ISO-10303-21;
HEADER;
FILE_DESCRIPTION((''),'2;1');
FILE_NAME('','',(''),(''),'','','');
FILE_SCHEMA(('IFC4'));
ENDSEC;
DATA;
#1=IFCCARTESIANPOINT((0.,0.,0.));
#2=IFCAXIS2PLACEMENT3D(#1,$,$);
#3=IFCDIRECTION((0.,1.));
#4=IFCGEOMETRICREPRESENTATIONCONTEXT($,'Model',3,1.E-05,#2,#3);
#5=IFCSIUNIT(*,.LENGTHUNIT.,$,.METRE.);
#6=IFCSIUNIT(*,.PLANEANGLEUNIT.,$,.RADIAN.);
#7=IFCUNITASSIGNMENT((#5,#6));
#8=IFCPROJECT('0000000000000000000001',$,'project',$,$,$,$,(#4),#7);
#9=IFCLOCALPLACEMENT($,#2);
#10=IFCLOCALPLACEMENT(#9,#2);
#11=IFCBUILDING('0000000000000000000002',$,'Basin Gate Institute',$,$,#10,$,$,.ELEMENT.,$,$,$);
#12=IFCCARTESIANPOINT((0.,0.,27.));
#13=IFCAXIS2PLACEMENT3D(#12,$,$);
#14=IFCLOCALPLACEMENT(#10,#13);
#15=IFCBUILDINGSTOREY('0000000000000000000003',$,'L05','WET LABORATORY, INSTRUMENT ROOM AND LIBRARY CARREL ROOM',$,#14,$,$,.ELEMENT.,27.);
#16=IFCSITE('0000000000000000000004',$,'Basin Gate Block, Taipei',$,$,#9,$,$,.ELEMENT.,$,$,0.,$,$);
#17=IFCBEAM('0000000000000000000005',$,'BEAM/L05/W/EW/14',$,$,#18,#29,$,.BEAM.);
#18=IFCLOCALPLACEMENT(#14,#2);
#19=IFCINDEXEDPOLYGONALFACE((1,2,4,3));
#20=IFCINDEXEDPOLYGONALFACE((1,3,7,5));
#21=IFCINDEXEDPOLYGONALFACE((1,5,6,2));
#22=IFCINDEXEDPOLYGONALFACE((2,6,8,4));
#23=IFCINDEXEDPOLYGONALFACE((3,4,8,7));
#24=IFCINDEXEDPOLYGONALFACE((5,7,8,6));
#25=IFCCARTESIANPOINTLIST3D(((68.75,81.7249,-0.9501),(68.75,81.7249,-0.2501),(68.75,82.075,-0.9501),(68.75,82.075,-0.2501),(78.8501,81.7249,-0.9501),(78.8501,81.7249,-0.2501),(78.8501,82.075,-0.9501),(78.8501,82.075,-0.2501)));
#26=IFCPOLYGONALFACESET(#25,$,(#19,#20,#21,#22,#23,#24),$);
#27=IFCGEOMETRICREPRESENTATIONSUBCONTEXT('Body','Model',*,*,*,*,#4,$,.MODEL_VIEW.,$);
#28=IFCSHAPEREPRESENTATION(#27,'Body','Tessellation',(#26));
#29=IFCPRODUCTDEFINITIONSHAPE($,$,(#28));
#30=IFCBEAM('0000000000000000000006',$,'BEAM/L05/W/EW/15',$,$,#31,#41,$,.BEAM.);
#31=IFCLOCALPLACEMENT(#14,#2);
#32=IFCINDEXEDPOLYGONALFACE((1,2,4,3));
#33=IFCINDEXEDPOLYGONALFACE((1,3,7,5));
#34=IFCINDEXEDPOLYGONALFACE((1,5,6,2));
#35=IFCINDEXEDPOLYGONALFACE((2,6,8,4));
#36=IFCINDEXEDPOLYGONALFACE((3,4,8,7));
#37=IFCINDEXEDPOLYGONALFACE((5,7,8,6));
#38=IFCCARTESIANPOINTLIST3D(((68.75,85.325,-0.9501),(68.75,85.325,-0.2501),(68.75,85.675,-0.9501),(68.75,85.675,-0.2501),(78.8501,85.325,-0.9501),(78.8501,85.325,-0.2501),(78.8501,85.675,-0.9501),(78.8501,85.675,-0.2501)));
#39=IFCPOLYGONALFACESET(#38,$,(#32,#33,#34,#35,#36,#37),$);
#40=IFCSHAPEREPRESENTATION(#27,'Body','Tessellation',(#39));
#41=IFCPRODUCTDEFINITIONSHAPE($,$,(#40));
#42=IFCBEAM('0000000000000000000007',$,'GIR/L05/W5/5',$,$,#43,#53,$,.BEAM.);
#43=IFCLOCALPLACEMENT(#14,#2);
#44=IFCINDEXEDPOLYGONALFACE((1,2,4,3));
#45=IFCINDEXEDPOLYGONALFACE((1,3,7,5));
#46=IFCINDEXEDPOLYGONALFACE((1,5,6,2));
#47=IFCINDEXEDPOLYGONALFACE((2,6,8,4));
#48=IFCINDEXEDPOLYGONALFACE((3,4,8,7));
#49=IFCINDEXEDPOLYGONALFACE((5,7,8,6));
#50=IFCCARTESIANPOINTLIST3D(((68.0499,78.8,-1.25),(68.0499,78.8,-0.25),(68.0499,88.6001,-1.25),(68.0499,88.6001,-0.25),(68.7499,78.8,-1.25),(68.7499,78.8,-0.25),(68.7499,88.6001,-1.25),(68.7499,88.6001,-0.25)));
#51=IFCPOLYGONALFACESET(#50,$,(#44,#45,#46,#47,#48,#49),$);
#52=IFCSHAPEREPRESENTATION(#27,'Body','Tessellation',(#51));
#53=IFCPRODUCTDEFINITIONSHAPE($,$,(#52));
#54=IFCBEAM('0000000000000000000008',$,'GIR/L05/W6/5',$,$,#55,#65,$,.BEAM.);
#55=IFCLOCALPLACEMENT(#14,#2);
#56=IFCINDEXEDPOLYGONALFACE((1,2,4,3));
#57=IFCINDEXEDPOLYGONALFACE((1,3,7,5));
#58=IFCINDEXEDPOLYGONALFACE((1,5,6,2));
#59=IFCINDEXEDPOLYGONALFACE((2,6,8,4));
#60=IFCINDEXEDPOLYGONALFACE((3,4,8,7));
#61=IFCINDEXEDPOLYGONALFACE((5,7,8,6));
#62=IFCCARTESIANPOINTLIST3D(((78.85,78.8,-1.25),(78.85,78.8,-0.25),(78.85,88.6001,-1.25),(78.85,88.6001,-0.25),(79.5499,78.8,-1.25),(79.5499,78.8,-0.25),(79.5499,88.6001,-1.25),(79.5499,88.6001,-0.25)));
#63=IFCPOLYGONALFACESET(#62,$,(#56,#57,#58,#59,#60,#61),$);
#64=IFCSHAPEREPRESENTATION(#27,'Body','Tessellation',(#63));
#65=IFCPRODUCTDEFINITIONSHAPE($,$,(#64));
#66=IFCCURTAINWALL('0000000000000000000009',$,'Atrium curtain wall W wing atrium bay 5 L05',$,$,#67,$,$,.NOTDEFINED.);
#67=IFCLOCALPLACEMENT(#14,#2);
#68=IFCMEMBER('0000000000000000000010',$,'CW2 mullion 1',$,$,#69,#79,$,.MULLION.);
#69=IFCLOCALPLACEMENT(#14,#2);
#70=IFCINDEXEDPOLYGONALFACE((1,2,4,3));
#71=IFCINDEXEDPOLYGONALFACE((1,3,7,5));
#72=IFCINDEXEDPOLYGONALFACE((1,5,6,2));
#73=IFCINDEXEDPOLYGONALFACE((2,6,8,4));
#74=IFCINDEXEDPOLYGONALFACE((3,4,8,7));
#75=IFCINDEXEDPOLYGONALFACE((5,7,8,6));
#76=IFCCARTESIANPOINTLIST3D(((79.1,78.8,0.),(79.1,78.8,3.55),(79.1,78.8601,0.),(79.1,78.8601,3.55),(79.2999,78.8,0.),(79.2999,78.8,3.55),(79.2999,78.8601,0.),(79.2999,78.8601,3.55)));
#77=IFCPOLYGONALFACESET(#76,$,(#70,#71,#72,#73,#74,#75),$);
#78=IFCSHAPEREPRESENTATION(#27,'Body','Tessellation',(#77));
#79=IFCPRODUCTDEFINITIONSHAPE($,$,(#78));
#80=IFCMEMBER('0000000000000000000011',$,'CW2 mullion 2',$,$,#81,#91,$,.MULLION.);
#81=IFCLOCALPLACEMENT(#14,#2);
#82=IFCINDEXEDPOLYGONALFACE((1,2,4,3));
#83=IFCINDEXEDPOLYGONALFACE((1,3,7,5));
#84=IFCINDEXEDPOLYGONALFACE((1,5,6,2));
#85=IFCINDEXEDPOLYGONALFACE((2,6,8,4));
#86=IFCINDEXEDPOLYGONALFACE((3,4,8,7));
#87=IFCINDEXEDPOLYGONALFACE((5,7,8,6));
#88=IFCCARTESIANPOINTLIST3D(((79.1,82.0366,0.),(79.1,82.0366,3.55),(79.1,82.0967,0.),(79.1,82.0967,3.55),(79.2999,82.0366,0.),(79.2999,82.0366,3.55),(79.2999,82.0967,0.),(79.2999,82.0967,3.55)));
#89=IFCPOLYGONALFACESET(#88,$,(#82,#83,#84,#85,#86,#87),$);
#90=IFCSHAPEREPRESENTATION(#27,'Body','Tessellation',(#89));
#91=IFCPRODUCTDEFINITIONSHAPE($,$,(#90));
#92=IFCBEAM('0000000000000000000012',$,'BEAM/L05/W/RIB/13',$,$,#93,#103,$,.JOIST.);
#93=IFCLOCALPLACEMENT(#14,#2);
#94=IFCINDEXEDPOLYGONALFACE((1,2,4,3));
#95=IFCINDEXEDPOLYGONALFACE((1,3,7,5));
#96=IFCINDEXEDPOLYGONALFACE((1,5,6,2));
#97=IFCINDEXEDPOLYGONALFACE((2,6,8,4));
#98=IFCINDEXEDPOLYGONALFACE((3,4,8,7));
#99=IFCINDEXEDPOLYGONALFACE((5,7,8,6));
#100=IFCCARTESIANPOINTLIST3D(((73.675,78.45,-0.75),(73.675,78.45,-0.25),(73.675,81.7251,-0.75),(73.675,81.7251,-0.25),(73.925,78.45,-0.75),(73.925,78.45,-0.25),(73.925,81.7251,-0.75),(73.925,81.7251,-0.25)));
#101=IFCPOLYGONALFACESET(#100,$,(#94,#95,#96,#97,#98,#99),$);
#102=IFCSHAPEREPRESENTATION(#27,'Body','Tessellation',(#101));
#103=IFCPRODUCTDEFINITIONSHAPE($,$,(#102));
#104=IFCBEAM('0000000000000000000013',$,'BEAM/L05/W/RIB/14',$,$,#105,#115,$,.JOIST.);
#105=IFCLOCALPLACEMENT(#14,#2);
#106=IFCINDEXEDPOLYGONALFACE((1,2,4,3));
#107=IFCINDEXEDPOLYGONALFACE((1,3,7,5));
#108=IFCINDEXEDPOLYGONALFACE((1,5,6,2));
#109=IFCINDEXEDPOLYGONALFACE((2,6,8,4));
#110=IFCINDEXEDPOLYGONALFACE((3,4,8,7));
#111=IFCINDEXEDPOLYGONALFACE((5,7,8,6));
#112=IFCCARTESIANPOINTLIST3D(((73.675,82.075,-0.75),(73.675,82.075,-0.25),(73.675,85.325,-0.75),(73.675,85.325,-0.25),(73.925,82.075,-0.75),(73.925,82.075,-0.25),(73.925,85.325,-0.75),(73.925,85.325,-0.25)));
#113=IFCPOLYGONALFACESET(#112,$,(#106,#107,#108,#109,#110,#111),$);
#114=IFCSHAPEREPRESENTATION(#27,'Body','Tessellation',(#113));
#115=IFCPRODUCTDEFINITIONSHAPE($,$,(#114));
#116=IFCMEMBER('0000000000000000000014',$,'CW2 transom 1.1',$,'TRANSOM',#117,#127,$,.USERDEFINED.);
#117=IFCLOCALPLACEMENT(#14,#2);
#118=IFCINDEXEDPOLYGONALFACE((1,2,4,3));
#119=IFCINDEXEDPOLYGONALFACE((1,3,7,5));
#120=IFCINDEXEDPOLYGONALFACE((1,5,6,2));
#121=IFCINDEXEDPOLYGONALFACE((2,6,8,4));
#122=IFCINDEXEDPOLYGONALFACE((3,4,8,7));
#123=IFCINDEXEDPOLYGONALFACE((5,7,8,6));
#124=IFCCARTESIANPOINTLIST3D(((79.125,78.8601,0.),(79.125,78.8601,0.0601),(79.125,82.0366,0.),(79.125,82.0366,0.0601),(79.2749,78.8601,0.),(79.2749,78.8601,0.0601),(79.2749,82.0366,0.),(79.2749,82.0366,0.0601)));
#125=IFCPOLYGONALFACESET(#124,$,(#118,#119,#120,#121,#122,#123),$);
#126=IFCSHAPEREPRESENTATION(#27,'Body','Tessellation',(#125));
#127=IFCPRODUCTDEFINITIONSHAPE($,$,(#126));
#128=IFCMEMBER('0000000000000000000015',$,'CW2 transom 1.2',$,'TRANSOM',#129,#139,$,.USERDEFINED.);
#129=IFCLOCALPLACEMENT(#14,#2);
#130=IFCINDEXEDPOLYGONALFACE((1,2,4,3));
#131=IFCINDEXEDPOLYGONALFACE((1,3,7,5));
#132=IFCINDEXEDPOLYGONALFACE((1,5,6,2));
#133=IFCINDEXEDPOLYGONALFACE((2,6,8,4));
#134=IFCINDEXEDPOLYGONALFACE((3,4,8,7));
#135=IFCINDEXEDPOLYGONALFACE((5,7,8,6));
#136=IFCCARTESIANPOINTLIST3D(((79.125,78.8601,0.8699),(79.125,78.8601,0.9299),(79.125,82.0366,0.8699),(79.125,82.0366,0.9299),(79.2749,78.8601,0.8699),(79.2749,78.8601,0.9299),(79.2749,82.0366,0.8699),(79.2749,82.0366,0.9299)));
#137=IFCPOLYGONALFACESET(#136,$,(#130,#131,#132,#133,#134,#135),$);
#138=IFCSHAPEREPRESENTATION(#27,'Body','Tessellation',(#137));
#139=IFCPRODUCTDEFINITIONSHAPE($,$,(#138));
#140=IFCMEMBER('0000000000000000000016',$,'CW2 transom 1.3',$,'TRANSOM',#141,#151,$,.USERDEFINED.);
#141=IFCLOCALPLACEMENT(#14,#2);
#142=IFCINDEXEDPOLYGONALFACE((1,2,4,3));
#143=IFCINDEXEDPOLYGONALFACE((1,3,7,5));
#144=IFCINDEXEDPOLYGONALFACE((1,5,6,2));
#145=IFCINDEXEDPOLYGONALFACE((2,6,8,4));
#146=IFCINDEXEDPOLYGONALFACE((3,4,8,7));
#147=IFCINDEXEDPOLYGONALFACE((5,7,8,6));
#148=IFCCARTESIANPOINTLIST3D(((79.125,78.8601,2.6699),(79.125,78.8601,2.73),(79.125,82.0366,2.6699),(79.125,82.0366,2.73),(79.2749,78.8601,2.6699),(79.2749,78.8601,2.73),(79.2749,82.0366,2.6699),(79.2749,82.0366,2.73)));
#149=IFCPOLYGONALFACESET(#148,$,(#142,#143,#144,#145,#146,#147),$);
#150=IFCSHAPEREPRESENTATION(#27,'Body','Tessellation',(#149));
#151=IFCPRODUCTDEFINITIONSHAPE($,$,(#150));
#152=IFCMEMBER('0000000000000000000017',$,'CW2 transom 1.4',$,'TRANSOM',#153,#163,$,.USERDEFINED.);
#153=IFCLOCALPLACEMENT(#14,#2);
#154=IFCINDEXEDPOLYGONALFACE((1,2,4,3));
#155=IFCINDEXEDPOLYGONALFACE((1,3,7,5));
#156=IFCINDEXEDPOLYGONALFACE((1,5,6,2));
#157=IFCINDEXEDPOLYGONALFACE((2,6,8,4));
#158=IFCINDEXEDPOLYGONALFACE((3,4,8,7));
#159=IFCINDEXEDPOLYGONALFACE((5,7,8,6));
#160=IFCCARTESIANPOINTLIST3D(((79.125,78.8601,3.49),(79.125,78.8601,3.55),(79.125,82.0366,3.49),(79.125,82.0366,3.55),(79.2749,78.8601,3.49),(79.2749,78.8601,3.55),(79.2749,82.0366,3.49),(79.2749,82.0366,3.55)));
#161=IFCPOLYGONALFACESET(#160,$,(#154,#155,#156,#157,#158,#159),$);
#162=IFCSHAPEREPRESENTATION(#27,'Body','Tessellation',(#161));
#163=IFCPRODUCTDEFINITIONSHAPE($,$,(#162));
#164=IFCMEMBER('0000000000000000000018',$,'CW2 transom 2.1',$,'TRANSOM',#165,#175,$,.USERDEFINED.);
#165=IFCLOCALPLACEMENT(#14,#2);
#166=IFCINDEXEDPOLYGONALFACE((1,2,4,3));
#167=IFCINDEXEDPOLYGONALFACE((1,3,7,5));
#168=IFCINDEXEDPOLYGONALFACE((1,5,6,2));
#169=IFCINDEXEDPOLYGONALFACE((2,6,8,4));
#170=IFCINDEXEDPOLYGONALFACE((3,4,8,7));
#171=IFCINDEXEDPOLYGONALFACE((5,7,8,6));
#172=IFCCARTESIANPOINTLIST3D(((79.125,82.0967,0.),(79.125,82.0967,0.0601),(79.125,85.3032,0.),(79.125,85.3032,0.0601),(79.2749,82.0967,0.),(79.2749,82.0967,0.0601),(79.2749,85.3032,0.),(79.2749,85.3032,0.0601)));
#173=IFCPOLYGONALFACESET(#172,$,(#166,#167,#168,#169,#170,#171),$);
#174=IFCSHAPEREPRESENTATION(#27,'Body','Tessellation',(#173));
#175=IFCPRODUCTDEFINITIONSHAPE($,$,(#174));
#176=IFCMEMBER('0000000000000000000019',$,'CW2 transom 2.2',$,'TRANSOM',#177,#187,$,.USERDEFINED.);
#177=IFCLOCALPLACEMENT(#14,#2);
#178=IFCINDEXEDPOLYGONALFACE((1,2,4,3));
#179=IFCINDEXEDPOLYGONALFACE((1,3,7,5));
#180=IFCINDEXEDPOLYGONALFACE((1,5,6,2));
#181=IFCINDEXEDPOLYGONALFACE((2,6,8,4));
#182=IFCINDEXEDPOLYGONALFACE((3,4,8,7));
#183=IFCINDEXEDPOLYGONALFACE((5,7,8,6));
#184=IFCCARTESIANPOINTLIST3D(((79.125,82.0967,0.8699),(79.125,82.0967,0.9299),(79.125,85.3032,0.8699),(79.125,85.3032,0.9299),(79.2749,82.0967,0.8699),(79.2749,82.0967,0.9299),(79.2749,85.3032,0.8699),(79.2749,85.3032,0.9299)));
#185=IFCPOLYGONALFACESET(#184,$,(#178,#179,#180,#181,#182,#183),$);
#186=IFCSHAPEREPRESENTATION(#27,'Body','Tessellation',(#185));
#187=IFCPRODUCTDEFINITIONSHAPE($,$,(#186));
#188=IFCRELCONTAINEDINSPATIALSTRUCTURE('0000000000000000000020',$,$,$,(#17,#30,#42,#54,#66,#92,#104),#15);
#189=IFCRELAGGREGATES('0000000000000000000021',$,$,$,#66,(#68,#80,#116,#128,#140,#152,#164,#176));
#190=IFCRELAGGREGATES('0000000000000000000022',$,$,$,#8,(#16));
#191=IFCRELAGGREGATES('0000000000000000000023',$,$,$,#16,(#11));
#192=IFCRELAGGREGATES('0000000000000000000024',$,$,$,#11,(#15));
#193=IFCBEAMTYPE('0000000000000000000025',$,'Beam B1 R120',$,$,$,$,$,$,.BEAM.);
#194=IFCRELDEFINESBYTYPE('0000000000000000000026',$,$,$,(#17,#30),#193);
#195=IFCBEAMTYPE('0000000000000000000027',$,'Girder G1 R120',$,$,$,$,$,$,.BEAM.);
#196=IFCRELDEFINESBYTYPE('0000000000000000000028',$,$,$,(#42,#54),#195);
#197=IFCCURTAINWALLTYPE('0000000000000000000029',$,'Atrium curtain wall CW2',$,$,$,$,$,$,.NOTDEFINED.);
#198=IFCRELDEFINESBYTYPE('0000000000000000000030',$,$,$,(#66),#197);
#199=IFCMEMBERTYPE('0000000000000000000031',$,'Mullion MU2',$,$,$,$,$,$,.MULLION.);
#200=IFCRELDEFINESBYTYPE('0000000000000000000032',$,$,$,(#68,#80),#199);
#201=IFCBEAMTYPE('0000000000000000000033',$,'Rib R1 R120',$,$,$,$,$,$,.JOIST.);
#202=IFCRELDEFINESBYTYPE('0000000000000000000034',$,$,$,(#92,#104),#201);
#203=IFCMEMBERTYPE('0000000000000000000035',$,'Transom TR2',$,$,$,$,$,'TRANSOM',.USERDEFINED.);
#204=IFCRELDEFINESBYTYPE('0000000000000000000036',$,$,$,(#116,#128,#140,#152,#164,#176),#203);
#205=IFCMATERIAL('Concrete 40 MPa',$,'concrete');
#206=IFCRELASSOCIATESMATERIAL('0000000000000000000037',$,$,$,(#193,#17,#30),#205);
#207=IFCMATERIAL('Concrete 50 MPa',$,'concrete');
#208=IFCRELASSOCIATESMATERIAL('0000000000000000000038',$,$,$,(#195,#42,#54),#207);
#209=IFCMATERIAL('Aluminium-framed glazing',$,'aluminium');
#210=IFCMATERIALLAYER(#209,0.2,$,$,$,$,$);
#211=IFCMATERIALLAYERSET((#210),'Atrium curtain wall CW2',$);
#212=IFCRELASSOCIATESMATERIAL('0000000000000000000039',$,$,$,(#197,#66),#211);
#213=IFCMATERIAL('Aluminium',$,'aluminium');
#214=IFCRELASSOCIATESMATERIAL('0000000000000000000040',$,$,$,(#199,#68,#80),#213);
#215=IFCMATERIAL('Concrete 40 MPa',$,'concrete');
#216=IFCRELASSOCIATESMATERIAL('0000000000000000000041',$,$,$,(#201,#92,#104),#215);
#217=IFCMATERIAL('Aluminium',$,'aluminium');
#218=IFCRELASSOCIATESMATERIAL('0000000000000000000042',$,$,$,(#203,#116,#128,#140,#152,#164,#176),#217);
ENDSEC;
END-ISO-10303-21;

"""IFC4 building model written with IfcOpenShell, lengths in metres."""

from ifc_helpers import new_model, si_unit, direction, frame, origin, origin_2d, place, context, subcontext, project, spatial, rectangle, extrude, material, layer, layer_set, material_profile, profile_set, type_object, element, aggregate, save


model = new_model("IFC4")

# Units and contexts
model_context = context("Model", 3, precision=1e-05, world=origin(), true_north=direction((0.0, 1.0)))
body_context = subcontext(model_context, "Body", "Model", "MODEL_VIEW")
ifc_project = project(units=[si_unit("LENGTHUNIT", "METRE"), si_unit("PLANEANGLEUNIT", "RADIAN")], contexts=[model_context])

# Site, building, storey
site_placement = place(None, origin())
site = spatial("IfcSite", under=ifc_project, at=site_placement, Name="Basin Gate Block, Taipei", CompositionType="ELEMENT", RefElevation=0.0)
building_placement = place(site_placement, origin())
building = spatial("IfcBuilding", under=site, at=building_placement, Name="Basin Gate Institute", CompositionType="ELEMENT")
storey_placement = place(building_placement, frame((0.0, 0.0, 27.0)))
storey = spatial("IfcBuildingStorey", under=building, at=storey_placement, Name="L05", Description="WET LABORATORY, INSTRUMENT ROOM AND LIBRARY CARREL ROOM", CompositionType="ELEMENT", Elevation=27.0)

# Beams
ifc_material_1 = material(Name="Concrete 40 MPa", Category="concrete")
ifc_material_profile_1 = material_profile(ifc_material_1, rectangle(XDim=0.3501, YDim=0.7, at=origin_2d()), Name="Beam B1 350 x 700")
ifc_profile_set_1 = profile_set([ifc_material_profile_1], Name="Concrete 40 MPa")
beam_type_1 = type_object("IfcBeamType", Name="Beam B1 R120", PredefinedType="BEAM", material=ifc_profile_set_1)
for number, where, z_axis, x_axis, name in (
    (1, (68.75, 81.8999, -0.6001), (1.0, 0.0, 0.0), (0.0, 1.0, 0.0), "BEAM/L05/W/EW/14"),
    (2, (68.75, 85.5, -0.6001), (1.0, 0.0, 0.0), (0.0, 1.0, 0.0), "BEAM/L05/W/EW/15"),
):
    element("IfcBeam", number, at=place(storey_placement, frame(where, z_axis=z_axis, x_axis=x_axis)), inside=storey, type_object=beam_type_1, material=ifc_profile_set_1, Name=name, PredefinedType="BEAM", context=body_context, shape_type="SweptSolid", body=[
        extrude(rectangle(XDim=0.3501, YDim=0.7, at=origin_2d()), origin(), (0.0, 0.0, 1.0), 10.1001),
    ])
ifc_material_2 = material(Name="Concrete 50 MPa", Category="concrete")
ifc_material_profile_2 = material_profile(ifc_material_2, rectangle(XDim=0.7, YDim=1.0, at=origin_2d()), Name="Girder G1 700 x 1000")
ifc_profile_set_2 = profile_set([ifc_material_profile_2], Name="Concrete 50 MPa")
beam_type_2 = type_object("IfcBeamType", Name="Girder G1 R120", PredefinedType="BEAM", material=ifc_profile_set_2)
for number, where, z_axis, x_axis, name in (
    (3, (68.3999, 78.8, -0.75), (0.0, 1.0, 0.0), (-1.0, 0.0, 0.0), "GIR/L05/W5/5"),
    (4, (79.2, 78.8, -0.75), (0.0, 1.0, 0.0), (-1.0, 0.0, 0.0), "GIR/L05/W6/5"),
):
    element("IfcBeam", number, at=place(storey_placement, frame(where, z_axis=z_axis, x_axis=x_axis)), inside=storey, type_object=beam_type_2, material=ifc_profile_set_2, Name=name, PredefinedType="BEAM", context=body_context, shape_type="SweptSolid", body=[
        extrude(rectangle(XDim=0.7, YDim=1.0, at=origin_2d()), origin(), (0.0, 0.0, 1.0), 9.8),
    ])

# Curtain wall, members
ifc_material_3 = material(Name="Aluminium-framed glazing", Category="aluminium")
ifc_layer_1 = layer(ifc_material_3, 0.2)
ifc_layer_set_1 = layer_set([ifc_layer_1], Name="Atrium curtain wall CW2")
curtain_wall_type = type_object("IfcCurtainWallType", Name="Atrium curtain wall CW2", PredefinedType="NOTDEFINED", material=ifc_layer_set_1)
curtain_wall_placement = place(storey_placement, origin())
curtain_wall = element("IfcCurtainWall", 5, at=curtain_wall_placement, inside=storey, type_object=curtain_wall_type, material=ifc_layer_set_1, Name="Atrium curtain wall W wing atrium bay 5 L05", PredefinedType="NOTDEFINED")
ifc_material_4 = material(Name="Aluminium", Category="aluminium")
ifc_material_profile_3 = material_profile(ifc_material_4, rectangle(XDim=0.2, YDim=0.0601, at=origin_2d()), Name="Mullion MU2 200 x 60")
ifc_profile_set_3 = profile_set([ifc_material_profile_3], Name="Aluminium")
member_type_1 = type_object("IfcMemberType", Name="Mullion MU2", PredefinedType="MULLION", material=ifc_profile_set_3)
member_1_placement = place(storey_placement, frame((79.2, 78.8301, 0.0), z_axis=(0.0, 0.0, 1.0), x_axis=(-1.0, 0.0, 0.0)))
member_1 = element("IfcMember", 6, at=member_1_placement, type_object=member_type_1, material=ifc_profile_set_3, Name="CW2 mullion 1", PredefinedType="MULLION", context=body_context, shape_type="SweptSolid", body=[
    extrude(rectangle(XDim=0.2, YDim=0.0601, at=origin_2d()), origin(), (0.0, 0.0, 1.0), 3.55),
])
member_2_placement = place(storey_placement, frame((79.2, 82.0667, 0.0), z_axis=(0.0, 0.0, 1.0), x_axis=(-1.0, 0.0, 0.0)))
member_2 = element("IfcMember", 7, at=member_2_placement, type_object=member_type_1, material=ifc_profile_set_3, Name="CW2 mullion 2", PredefinedType="MULLION", context=body_context, shape_type="SweptSolid", body=[
    extrude(rectangle(XDim=0.2, YDim=0.0601, at=origin_2d()), origin(), (0.0, 0.0, 1.0), 3.55),
])

# Beams
ifc_material_5 = material(Name="Concrete 40 MPa", Category="concrete")
ifc_material_profile_4 = material_profile(ifc_material_5, rectangle(XDim=0.25, YDim=0.5, at=origin_2d()), Name="Rib R1 250 x 500")
ifc_profile_set_4 = profile_set([ifc_material_profile_4], Name="Concrete 40 MPa")
beam_type_3 = type_object("IfcBeamType", Name="Rib R1 R120", PredefinedType="JOIST", material=ifc_profile_set_4)
beam_1_placement = place(storey_placement, frame((73.8, 78.45, -0.5), z_axis=(0.0, 1.0, 0.0), x_axis=(-1.0, 0.0, 0.0)))
element("IfcBeam", 8, at=beam_1_placement, inside=storey, type_object=beam_type_3, material=ifc_profile_set_4, Name="BEAM/L05/W/RIB/13", PredefinedType="JOIST", context=body_context, shape_type="SweptSolid", body=[
    extrude(rectangle(XDim=0.25, YDim=0.5, at=origin_2d()), origin(), (0.0, 0.0, 1.0), 3.2751),
])
beam_2_placement = place(storey_placement, frame((73.8, 82.075, -0.5), z_axis=(0.0, 1.0, 0.0), x_axis=(-1.0, 0.0, 0.0)))
element("IfcBeam", 9, at=beam_2_placement, inside=storey, type_object=beam_type_3, material=ifc_profile_set_4, Name="BEAM/L05/W/RIB/14", PredefinedType="JOIST", context=body_context, shape_type="SweptSolid", body=[
    extrude(rectangle(XDim=0.25, YDim=0.5, at=origin_2d()), origin(), (0.0, 0.0, 1.0), 3.25),
])

# Members
ifc_material_6 = material(Name="Aluminium", Category="aluminium")
ifc_material_profile_5 = material_profile(ifc_material_6, rectangle(XDim=0.1499, YDim=0.0601, at=origin_2d()), Name="Transom TR2 150 x 60")
ifc_profile_set_5 = profile_set([ifc_material_profile_5], Name="Aluminium")
member_type_2 = type_object("IfcMemberType", Name="Transom TR2", ElementType="TRANSOM", PredefinedType="USERDEFINED", material=ifc_profile_set_5)
member_3_placement = place(storey_placement, frame((79.2, 78.8601, 0.03), z_axis=(0.0, 1.0, 0.0), x_axis=(-1.0, 0.0, 0.0)))
member_3 = element("IfcMember", 10, at=member_3_placement, type_object=member_type_2, material=ifc_profile_set_5, Name="CW2 transom 1.1", ObjectType="TRANSOM", PredefinedType="USERDEFINED", context=body_context, shape_type="SweptSolid", body=[
    extrude(rectangle(XDim=0.1499, YDim=0.0601, at=origin_2d()), origin(), (0.0, 0.0, 1.0), 3.1765),
])
member_4_placement = place(storey_placement, frame((79.2, 78.8601, 0.8999), z_axis=(0.0, 1.0, 0.0), x_axis=(-1.0, 0.0, 0.0)))
member_4 = element("IfcMember", 11, at=member_4_placement, type_object=member_type_2, material=ifc_profile_set_5, Name="CW2 transom 1.2", ObjectType="TRANSOM", PredefinedType="USERDEFINED", context=body_context, shape_type="SweptSolid", body=[
    extrude(rectangle(XDim=0.1499, YDim=0.0601, at=origin_2d()), origin(), (0.0, 0.0, 1.0), 3.1765),
])
member_5_placement = place(storey_placement, frame((79.2, 78.8601, 2.7), z_axis=(0.0, 1.0, 0.0), x_axis=(-1.0, 0.0, 0.0)))
member_5 = element("IfcMember", 12, at=member_5_placement, type_object=member_type_2, material=ifc_profile_set_5, Name="CW2 transom 1.3", ObjectType="TRANSOM", PredefinedType="USERDEFINED", context=body_context, shape_type="SweptSolid", body=[
    extrude(rectangle(XDim=0.1499, YDim=0.0601, at=origin_2d()), origin(), (0.0, 0.0, 1.0), 3.1765),
])
member_6_placement = place(storey_placement, frame((79.2, 78.8601, 3.52), z_axis=(0.0, 1.0, 0.0), x_axis=(-1.0, 0.0, 0.0)))
member_6 = element("IfcMember", 13, at=member_6_placement, type_object=member_type_2, material=ifc_profile_set_5, Name="CW2 transom 1.4", ObjectType="TRANSOM", PredefinedType="USERDEFINED", context=body_context, shape_type="SweptSolid", body=[
    extrude(rectangle(XDim=0.1499, YDim=0.0601, at=origin_2d()), origin(), (0.0, 0.0, 1.0), 3.1765),
])
member_7_placement = place(storey_placement, frame((79.2, 82.0967, 0.03), z_axis=(0.0, 1.0, 0.0), x_axis=(-1.0, 0.0, 0.0)))
member_7 = element("IfcMember", 14, at=member_7_placement, type_object=member_type_2, material=ifc_profile_set_5, Name="CW2 transom 2.1", ObjectType="TRANSOM", PredefinedType="USERDEFINED", context=body_context, shape_type="SweptSolid", body=[
    extrude(rectangle(XDim=0.1499, YDim=0.0601, at=origin_2d()), origin(), (0.0, 0.0, 1.0), 3.2065),
])
member_8_placement = place(storey_placement, frame((79.2, 82.0967, 0.8999), z_axis=(0.0, 1.0, 0.0), x_axis=(-1.0, 0.0, 0.0)))
member_8 = element("IfcMember", 15, at=member_8_placement, type_object=member_type_2, material=ifc_profile_set_5, Name="CW2 transom 2.2", ObjectType="TRANSOM", PredefinedType="USERDEFINED", context=body_context, shape_type="SweptSolid", body=[
    extrude(rectangle(XDim=0.1499, YDim=0.0601, at=origin_2d()), origin(), (0.0, 0.0, 1.0), 3.2065),
])

aggregate(curtain_wall, [member_1, member_2, member_3, member_4, member_5, member_6, member_7, member_8])

save(model, "model.ifc")
